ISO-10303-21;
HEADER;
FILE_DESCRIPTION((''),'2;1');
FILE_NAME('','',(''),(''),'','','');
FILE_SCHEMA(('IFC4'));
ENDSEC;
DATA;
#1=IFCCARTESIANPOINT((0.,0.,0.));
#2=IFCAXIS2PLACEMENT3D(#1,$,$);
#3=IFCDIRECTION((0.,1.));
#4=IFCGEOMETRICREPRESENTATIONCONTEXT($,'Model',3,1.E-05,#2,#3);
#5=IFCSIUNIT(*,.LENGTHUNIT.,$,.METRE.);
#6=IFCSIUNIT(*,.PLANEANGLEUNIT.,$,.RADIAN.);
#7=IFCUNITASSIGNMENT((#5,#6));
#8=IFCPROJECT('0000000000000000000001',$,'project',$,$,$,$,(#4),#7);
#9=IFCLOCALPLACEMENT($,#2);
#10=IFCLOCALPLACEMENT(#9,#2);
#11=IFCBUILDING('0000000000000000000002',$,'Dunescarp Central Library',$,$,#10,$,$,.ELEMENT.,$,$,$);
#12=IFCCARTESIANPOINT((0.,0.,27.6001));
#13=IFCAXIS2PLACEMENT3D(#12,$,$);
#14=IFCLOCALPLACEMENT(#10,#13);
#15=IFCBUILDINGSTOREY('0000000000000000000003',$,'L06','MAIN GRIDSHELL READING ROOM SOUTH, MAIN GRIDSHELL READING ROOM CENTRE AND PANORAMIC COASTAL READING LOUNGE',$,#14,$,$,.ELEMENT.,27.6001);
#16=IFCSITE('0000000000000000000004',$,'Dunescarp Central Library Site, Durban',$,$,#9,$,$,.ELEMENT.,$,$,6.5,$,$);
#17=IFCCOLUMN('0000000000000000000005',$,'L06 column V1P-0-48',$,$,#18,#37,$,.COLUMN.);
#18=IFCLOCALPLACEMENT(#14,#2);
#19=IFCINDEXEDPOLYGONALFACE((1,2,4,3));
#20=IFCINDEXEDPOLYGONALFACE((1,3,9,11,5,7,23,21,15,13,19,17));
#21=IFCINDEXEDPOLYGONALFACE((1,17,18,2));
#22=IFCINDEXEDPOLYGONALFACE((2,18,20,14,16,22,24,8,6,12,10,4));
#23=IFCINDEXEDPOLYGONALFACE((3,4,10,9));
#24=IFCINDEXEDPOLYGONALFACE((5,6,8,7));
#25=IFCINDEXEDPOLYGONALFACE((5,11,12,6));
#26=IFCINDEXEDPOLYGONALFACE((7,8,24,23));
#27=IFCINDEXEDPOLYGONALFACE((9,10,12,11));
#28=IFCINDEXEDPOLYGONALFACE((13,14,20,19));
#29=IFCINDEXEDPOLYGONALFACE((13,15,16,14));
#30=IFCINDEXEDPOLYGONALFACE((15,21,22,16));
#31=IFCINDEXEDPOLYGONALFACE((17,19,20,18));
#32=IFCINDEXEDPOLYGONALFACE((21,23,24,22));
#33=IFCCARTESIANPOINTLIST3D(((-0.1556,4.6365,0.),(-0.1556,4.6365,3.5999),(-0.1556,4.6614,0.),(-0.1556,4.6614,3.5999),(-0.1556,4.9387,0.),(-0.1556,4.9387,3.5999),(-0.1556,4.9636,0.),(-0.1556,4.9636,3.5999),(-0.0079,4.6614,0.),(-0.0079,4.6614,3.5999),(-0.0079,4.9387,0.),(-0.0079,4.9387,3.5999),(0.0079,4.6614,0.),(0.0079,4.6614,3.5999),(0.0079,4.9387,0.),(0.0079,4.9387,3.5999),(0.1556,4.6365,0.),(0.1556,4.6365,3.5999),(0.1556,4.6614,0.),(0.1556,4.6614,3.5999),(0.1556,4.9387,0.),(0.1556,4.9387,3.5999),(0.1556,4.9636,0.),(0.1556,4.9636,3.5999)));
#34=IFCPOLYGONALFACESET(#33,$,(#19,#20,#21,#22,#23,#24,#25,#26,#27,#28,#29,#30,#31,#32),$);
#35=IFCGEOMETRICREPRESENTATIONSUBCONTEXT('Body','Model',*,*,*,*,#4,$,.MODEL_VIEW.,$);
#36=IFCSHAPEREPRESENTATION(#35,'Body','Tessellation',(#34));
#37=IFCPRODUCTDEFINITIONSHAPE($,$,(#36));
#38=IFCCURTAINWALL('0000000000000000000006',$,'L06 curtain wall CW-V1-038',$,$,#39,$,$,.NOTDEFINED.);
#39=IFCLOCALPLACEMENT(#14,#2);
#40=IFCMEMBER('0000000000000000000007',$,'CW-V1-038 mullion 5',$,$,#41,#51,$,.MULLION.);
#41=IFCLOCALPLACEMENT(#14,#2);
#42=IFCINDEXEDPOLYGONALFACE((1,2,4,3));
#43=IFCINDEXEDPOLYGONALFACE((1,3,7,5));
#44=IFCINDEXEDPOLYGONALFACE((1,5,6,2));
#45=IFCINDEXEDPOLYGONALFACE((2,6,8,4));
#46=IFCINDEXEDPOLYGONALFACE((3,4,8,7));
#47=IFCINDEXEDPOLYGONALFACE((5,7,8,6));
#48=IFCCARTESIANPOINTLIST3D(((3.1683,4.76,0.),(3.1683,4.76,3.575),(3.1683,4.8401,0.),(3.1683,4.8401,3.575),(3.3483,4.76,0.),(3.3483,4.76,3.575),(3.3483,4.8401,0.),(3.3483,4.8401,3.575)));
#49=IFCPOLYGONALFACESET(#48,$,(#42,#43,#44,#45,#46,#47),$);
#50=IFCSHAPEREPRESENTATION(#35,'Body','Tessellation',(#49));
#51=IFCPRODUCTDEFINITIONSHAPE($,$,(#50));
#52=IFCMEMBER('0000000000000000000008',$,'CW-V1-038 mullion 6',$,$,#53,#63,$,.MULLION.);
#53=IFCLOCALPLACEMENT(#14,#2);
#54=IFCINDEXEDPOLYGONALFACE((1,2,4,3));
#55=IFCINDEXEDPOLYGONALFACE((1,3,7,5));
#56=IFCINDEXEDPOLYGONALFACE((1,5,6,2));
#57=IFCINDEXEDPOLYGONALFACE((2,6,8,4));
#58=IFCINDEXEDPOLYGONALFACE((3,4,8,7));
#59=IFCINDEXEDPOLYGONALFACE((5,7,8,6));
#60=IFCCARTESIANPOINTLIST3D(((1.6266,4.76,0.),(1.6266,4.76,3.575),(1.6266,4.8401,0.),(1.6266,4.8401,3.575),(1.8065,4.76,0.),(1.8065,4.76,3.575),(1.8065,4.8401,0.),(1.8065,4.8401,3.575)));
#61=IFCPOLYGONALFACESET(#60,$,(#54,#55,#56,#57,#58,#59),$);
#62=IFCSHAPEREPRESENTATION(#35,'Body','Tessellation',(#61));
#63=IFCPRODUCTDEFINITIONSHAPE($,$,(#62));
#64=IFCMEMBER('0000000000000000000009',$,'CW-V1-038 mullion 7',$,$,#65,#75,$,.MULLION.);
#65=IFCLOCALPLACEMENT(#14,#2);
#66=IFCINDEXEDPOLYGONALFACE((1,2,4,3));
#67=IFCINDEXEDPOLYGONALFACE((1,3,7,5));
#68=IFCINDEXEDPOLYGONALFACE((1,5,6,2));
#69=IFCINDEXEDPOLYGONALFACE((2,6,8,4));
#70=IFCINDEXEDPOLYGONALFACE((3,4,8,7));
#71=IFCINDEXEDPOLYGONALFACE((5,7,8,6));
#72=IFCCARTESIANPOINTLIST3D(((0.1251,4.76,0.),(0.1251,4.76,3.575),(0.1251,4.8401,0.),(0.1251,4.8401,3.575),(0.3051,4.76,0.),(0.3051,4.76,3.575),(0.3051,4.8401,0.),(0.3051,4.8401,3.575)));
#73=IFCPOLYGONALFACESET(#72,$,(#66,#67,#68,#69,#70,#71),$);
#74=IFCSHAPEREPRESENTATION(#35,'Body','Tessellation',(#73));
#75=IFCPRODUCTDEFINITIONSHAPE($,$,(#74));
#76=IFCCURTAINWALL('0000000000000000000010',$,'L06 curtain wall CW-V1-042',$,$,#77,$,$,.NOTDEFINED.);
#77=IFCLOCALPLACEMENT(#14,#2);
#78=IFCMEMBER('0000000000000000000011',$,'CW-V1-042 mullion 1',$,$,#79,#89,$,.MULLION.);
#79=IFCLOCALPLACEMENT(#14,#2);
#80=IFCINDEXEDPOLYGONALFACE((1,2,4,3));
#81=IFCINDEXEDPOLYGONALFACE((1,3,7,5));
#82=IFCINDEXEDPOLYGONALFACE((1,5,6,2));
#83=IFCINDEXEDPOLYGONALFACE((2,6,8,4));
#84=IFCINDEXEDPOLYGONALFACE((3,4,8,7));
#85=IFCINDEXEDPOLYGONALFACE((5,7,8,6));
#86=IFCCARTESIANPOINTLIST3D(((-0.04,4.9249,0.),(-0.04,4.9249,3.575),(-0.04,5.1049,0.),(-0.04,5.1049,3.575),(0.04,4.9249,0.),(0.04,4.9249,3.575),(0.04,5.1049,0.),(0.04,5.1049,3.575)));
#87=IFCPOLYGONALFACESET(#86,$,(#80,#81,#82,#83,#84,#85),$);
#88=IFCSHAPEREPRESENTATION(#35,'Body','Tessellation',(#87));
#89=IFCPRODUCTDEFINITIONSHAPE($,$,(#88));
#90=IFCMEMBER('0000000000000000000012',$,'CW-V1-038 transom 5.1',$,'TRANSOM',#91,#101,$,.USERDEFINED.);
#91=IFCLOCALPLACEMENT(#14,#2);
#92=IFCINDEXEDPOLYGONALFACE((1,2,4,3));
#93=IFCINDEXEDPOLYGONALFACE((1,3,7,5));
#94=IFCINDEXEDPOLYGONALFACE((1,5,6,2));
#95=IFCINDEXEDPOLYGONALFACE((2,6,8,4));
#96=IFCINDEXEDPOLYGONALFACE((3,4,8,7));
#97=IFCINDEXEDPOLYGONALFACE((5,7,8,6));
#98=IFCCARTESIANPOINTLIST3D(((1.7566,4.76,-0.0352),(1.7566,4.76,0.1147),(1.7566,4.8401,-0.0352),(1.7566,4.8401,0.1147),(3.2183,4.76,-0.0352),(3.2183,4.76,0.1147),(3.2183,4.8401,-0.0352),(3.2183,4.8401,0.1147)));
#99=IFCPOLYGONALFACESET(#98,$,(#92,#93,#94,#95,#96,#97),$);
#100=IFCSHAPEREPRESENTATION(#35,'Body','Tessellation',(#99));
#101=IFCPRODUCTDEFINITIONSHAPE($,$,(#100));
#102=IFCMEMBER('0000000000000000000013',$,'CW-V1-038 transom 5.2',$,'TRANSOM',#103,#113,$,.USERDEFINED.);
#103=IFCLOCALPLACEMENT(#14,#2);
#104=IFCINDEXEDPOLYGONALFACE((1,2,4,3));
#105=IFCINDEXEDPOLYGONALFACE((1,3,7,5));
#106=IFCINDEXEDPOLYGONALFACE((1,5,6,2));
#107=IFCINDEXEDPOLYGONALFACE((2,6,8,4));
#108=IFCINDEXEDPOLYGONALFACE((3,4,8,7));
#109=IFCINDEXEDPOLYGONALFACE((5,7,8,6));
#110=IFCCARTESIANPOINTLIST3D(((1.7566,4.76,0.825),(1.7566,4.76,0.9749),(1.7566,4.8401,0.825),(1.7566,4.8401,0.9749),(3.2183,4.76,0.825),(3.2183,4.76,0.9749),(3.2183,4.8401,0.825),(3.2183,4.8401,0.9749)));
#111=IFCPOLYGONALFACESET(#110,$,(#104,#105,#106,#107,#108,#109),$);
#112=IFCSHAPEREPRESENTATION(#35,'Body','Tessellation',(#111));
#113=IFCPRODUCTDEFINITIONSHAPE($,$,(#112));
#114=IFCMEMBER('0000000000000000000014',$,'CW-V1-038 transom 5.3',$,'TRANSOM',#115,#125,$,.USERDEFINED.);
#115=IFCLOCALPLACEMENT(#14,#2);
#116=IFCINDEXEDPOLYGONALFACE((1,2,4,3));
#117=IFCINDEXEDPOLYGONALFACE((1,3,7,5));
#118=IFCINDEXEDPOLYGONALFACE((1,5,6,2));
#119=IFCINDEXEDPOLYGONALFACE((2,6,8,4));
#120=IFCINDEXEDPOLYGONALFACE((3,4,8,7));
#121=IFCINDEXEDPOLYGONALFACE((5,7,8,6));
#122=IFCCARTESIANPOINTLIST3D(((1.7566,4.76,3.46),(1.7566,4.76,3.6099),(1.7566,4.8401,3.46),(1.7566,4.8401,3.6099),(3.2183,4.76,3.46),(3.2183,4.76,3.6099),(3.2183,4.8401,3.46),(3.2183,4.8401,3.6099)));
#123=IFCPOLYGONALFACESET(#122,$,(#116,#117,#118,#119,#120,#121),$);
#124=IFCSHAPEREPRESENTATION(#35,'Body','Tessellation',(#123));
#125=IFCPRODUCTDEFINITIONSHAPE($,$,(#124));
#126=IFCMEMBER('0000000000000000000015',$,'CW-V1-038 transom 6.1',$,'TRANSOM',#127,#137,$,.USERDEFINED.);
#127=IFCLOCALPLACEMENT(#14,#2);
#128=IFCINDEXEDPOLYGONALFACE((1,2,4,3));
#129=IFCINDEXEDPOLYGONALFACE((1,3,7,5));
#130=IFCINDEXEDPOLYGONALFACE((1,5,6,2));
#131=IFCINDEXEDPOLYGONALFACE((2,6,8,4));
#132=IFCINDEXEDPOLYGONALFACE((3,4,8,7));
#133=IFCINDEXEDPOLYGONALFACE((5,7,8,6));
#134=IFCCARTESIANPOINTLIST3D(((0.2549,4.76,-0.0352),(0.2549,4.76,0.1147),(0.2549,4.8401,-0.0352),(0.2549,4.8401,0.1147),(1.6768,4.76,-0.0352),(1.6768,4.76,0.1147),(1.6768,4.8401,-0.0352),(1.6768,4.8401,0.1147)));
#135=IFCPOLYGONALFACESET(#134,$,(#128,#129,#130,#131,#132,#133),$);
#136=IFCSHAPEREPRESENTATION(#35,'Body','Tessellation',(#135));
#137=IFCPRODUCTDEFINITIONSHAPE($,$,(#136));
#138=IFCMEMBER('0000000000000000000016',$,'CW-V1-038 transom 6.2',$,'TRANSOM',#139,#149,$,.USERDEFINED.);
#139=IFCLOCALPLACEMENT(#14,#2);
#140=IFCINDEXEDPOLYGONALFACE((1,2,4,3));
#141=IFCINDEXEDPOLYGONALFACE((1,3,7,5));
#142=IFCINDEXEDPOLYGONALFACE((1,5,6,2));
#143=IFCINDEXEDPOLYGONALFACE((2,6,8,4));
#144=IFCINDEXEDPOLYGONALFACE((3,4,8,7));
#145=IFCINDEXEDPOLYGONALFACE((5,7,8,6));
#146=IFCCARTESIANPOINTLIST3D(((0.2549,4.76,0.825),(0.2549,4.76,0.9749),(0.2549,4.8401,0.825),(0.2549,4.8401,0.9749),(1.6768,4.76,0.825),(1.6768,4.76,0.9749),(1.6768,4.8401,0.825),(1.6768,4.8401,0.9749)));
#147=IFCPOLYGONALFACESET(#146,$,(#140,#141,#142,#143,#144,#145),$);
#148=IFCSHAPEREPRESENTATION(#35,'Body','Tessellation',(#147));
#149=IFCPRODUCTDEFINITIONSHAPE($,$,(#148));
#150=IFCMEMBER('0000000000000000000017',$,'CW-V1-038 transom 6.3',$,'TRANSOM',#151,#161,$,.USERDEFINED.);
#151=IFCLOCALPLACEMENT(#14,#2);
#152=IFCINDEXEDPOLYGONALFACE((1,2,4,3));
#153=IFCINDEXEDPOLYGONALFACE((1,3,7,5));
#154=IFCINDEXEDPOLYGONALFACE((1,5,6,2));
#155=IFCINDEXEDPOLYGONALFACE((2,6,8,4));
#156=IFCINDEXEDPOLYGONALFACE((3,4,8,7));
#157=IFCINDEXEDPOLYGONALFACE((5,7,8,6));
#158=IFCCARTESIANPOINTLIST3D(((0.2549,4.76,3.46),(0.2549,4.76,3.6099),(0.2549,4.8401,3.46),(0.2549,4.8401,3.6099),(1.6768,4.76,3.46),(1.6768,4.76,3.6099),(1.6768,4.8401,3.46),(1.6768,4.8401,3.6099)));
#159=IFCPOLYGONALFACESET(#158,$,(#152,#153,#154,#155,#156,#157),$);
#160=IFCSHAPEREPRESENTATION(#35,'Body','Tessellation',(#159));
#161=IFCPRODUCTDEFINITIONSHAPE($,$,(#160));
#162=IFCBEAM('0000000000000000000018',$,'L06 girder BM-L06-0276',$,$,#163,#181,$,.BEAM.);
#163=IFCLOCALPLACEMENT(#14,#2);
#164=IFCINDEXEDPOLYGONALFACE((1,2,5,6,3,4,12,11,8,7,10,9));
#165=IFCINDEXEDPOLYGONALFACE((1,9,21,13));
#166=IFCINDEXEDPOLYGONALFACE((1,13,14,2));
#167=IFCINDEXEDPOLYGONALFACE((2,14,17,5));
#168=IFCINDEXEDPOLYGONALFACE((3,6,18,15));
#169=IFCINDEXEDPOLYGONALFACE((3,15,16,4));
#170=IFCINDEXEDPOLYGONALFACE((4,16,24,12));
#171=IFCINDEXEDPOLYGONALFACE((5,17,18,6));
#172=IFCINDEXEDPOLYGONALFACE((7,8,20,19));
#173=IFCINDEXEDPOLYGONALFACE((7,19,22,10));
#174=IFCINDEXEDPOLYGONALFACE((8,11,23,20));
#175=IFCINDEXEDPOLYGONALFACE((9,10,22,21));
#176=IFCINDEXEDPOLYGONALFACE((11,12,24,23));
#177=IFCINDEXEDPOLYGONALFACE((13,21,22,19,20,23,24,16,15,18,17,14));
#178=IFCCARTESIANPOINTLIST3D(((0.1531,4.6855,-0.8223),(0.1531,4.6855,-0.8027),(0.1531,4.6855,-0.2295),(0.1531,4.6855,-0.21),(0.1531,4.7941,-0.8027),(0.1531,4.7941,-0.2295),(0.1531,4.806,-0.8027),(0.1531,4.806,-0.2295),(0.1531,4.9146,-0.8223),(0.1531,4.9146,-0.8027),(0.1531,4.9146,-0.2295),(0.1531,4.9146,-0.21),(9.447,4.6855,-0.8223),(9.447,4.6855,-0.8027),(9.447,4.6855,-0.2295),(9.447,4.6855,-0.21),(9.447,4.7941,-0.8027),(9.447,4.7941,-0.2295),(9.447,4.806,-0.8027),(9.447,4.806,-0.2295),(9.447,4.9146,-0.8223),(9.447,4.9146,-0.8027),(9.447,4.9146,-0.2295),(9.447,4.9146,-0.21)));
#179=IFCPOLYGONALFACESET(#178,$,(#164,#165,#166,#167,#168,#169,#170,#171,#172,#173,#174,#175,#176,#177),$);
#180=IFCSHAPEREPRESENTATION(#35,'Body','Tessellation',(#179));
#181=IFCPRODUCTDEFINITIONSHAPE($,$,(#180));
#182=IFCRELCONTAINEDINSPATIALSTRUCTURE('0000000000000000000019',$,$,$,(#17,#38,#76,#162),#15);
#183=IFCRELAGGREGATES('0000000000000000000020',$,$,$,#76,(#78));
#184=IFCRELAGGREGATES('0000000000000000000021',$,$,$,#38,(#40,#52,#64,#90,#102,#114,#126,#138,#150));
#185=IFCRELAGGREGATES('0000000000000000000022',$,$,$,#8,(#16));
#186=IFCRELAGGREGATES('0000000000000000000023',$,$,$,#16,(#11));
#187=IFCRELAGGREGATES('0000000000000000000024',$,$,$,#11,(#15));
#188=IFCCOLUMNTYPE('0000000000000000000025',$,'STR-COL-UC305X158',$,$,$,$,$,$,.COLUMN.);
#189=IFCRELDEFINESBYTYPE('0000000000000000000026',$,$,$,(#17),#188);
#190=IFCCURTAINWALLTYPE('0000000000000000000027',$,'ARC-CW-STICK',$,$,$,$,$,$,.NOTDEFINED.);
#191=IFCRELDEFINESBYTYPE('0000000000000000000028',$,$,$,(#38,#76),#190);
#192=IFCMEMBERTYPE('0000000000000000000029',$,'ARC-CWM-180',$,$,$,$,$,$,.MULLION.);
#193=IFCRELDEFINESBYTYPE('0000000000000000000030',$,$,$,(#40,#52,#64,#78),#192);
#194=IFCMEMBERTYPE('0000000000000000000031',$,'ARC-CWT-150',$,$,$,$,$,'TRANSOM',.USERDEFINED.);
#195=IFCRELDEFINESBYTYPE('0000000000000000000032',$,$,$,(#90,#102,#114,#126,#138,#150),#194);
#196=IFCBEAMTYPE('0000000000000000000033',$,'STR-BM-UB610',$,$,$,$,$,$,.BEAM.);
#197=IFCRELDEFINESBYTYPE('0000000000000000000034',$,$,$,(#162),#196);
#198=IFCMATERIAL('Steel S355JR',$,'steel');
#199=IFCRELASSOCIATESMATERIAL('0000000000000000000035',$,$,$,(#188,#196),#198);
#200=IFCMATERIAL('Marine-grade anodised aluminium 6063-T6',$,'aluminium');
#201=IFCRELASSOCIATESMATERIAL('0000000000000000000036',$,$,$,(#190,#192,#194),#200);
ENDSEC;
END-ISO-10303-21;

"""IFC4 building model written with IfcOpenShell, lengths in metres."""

from ifc_helpers import new_model, si_unit, direction, frame, origin, origin_2d, place, context, subcontext, project, spatial, rectangle, i_section, extrude, material, material_profile, profile_set, type_object, element, aggregate, save


model = new_model("IFC4")

# Units and contexts
model_context = context("Model", 3, precision=1e-05, world=origin(), true_north=direction((0.0, 1.0)))
body_context = subcontext(model_context, "Body", "Model", "MODEL_VIEW")
ifc_project = project(units=[si_unit("LENGTHUNIT", "METRE"), si_unit("PLANEANGLEUNIT", "RADIAN")], contexts=[model_context])

# Site, building, storey
site_placement = place(None, origin())
site = spatial("IfcSite", under=ifc_project, at=site_placement, Name="Dunescarp Central Library Site, Durban", CompositionType="ELEMENT", RefElevation=6.5)
building_placement = place(site_placement, origin())
building = spatial("IfcBuilding", under=site, at=building_placement, Name="Dunescarp Central Library", CompositionType="ELEMENT")
storey_placement = place(building_placement, frame((0.0, 0.0, 27.6001)))
storey = spatial("IfcBuildingStorey", under=building, at=storey_placement, Name="L06", Description="MAIN GRIDSHELL READING ROOM SOUTH, MAIN GRIDSHELL READING ROOM CENTRE AND PANORAMIC COASTAL READING LOUNGE", CompositionType="ELEMENT", Elevation=27.6001)

# Column
ifc_material_1 = material(Name="Steel S355JR", Category="steel")
ifc_material_profile_1 = material_profile(ifc_material_1, i_section(OverallWidth=0.3113, OverallDepth=0.3271, WebThickness=0.0159, FlangeThickness=0.0249, at=origin_2d()), Name="UC 305x305x158")
ifc_profile_set_1 = profile_set([ifc_material_profile_1], Name="Steel S355JR")
column_type = type_object("IfcColumnType", Name="STR-COL-UC305X158", PredefinedType="COLUMN", material=ifc_profile_set_1)
column_placement = place(storey_placement, frame((0.0, 4.8, 0.0), z_axis=(0.0, 0.0, 1.0), x_axis=(1.0, 0.0, 0.0)))
element("IfcColumn", 1, at=column_placement, inside=storey, type_object=column_type, Name="L06 column V1P-0-48", PredefinedType="COLUMN", context=body_context, shape_type="SweptSolid", body=[
    extrude(i_section(OverallWidth=0.3113, OverallDepth=0.3271, WebThickness=0.0159, FlangeThickness=0.0249, at=origin_2d()), origin(), (0.0, 0.0, 1.0), 3.5999),
])

# Curtain wall, members
ifc_material_2 = material(Name="Marine-grade anodised aluminium 6063-T6", Category="aluminium")
curtain_wall_type = type_object("IfcCurtainWallType", Name="ARC-CW-STICK", PredefinedType="NOTDEFINED", material=ifc_material_2)
curtain_wall_1_placement = place(storey_placement, origin())
curtain_wall_1 = element("IfcCurtainWall", 2, at=curtain_wall_1_placement, inside=storey, type_object=curtain_wall_type, Name="L06 curtain wall CW-V1-038", PredefinedType="NOTDEFINED")
ifc_material_profile_2 = material_profile(ifc_material_2, rectangle(XDim=0.0801, YDim=0.1799, at=origin_2d()), Name="AL 80x180")
ifc_profile_set_2 = profile_set([ifc_material_profile_2], Name="Marine-grade anodised aluminium 6063-T6")
member_type_1 = type_object("IfcMemberType", Name="ARC-CWM-180", PredefinedType="MULLION", material=ifc_profile_set_2)
member_1_placement = place(storey_placement, frame((3.2583, 4.8, 0.0), z_axis=(0.0, 0.0, 1.0), x_axis=(0.0, -1.0, 0.0)))
member_1 = element("IfcMember", 3, at=member_1_placement, type_object=member_type_1, Name="CW-V1-038 mullion 5", PredefinedType="MULLION", context=body_context, shape_type="SweptSolid", body=[
    extrude(rectangle(XDim=0.0801, YDim=0.1799, at=origin_2d()), origin(), (0.0, 0.0, 1.0), 3.575),
])
member_2_placement = place(storey_placement, frame((1.7166, 4.8, 0.0), z_axis=(0.0, 0.0, 1.0), x_axis=(0.0, -1.0, 0.0)))
member_2 = element("IfcMember", 4, at=member_2_placement, type_object=member_type_1, Name="CW-V1-038 mullion 6", PredefinedType="MULLION", context=body_context, shape_type="SweptSolid", body=[
    extrude(rectangle(XDim=0.0801, YDim=0.1799, at=origin_2d()), origin(), (0.0, 0.0, 1.0), 3.575),
])
member_3_placement = place(storey_placement, frame((0.2151, 4.8, 0.0), z_axis=(0.0, 0.0, 1.0), x_axis=(0.0, -1.0, 0.0)))
member_3 = element("IfcMember", 5, at=member_3_placement, type_object=member_type_1, Name="CW-V1-038 mullion 7", PredefinedType="MULLION", context=body_context, shape_type="SweptSolid", body=[
    extrude(rectangle(XDim=0.0801, YDim=0.1799, at=origin_2d()), origin(), (0.0, 0.0, 1.0), 3.575),
])

# Curtain wall, member
curtain_wall_2_placement = place(storey_placement, origin())
curtain_wall_2 = element("IfcCurtainWall", 6, at=curtain_wall_2_placement, inside=storey, type_object=curtain_wall_type, Name="L06 curtain wall CW-V1-042", PredefinedType="NOTDEFINED")
member_4_placement = place(storey_placement, frame((0.0, 5.0149, 0.0), z_axis=(0.0, 0.0, 1.0), x_axis=(-1.0, 0.0, 0.0)))
member_4 = element("IfcMember", 7, at=member_4_placement, type_object=member_type_1, Name="CW-V1-042 mullion 1", PredefinedType="MULLION", context=body_context, shape_type="SweptSolid", body=[
    extrude(rectangle(XDim=0.0801, YDim=0.1799, at=origin_2d()), origin(), (0.0, 0.0, 1.0), 3.575),
])
aggregate(curtain_wall_2, [member_4])

# Members
ifc_material_profile_3 = material_profile(ifc_material_2, rectangle(XDim=0.0801, YDim=0.1499, at=origin_2d()), Name="AL 80x150")
ifc_profile_set_3 = profile_set([ifc_material_profile_3], Name="Marine-grade anodised aluminium 6063-T6")
member_type_2 = type_object("IfcMemberType", Name="ARC-CWT-150", ElementType="TRANSOM", PredefinedType="USERDEFINED", material=ifc_profile_set_3)
member_5_placement = place(storey_placement, frame((3.2183, 4.8, 0.0398), z_axis=(-1.0, 0.0, 0.0), x_axis=(0.0, -1.0, 0.0)))
member_5 = element("IfcMember", 8, at=member_5_placement, type_object=member_type_2, Name="CW-V1-038 transom 5.1", ObjectType="TRANSOM", PredefinedType="USERDEFINED", context=body_context, shape_type="SweptSolid", body=[
    extrude(rectangle(XDim=0.0801, YDim=0.1499, at=origin_2d()), origin(), (0.0, 0.0, 1.0), 1.4617),
])
member_6_placement = place(storey_placement, frame((3.2183, 4.8, 0.8999), z_axis=(-1.0, 0.0, 0.0), x_axis=(0.0, -1.0, 0.0)))
member_6 = element("IfcMember", 9, at=member_6_placement, type_object=member_type_2, Name="CW-V1-038 transom 5.2", ObjectType="TRANSOM", PredefinedType="USERDEFINED", context=body_context, shape_type="SweptSolid", body=[
    extrude(rectangle(XDim=0.0801, YDim=0.1499, at=origin_2d()), origin(), (0.0, 0.0, 1.0), 1.4617),
])
member_7_placement = place(storey_placement, frame((3.2183, 4.8, 3.5349), z_axis=(-1.0, 0.0, 0.0), x_axis=(0.0, -1.0, 0.0)))
member_7 = element("IfcMember", 10, at=member_7_placement, type_object=member_type_2, Name="CW-V1-038 transom 5.3", ObjectType="TRANSOM", PredefinedType="USERDEFINED", context=body_context, shape_type="SweptSolid", body=[
    extrude(rectangle(XDim=0.0801, YDim=0.1499, at=origin_2d()), origin(), (0.0, 0.0, 1.0), 1.4617),
])
member_8_placement = place(storey_placement, frame((1.6768, 4.8, 0.0398), z_axis=(-1.0, 0.0, 0.0), x_axis=(0.0, -1.0, 0.0)))
member_8 = element("IfcMember", 11, at=member_8_placement, type_object=member_type_2, Name="CW-V1-038 transom 6.1", ObjectType="TRANSOM", PredefinedType="USERDEFINED", context=body_context, shape_type="SweptSolid", body=[
    extrude(rectangle(XDim=0.0801, YDim=0.1499, at=origin_2d()), origin(), (0.0, 0.0, 1.0), 1.4219),
])
member_9_placement = place(storey_placement, frame((1.6768, 4.8, 0.8999), z_axis=(-1.0, 0.0, 0.0), x_axis=(0.0, -1.0, 0.0)))
member_9 = element("IfcMember", 12, at=member_9_placement, type_object=member_type_2, Name="CW-V1-038 transom 6.2", ObjectType="TRANSOM", PredefinedType="USERDEFINED", context=body_context, shape_type="SweptSolid", body=[
    extrude(rectangle(XDim=0.0801, YDim=0.1499, at=origin_2d()), origin(), (0.0, 0.0, 1.0), 1.4219),
])
member_10_placement = place(storey_placement, frame((1.6768, 4.8, 3.5349), z_axis=(-1.0, 0.0, 0.0), x_axis=(0.0, -1.0, 0.0)))
member_10 = element("IfcMember", 13, at=member_10_placement, type_object=member_type_2, Name="CW-V1-038 transom 6.3", ObjectType="TRANSOM", PredefinedType="USERDEFINED", context=body_context, shape_type="SweptSolid", body=[
    extrude(rectangle(XDim=0.0801, YDim=0.1499, at=origin_2d()), origin(), (0.0, 0.0, 1.0), 1.4219),
])

# Beam
ifc_material_profile_4 = material_profile(ifc_material_1, i_section(OverallWidth=0.229, OverallDepth=0.6123, WebThickness=0.012, FlangeThickness=0.0195, at=origin_2d()), Name="UB 610x229x125")
ifc_profile_set_4 = profile_set([ifc_material_profile_4], Name="Steel S355JR")
beam_type_1 = type_object("IfcBeamType", Name="STR-BM-UB610", PredefinedType="BEAM", material=ifc_profile_set_4)
beam_1_placement = place(storey_placement, frame((0.1531, 4.8, -0.5161), z_axis=(1.0, 0.0, 0.0), x_axis=(0.0, 1.0, 0.0)))
element("IfcBeam", 14, at=beam_1_placement, inside=storey, type_object=beam_type_1, Name="L06 girder BM-L06-0276", PredefinedType="BEAM", context=body_context, shape_type="SweptSolid", body=[
    extrude(i_section(OverallWidth=0.229, OverallDepth=0.6123, WebThickness=0.012, FlangeThickness=0.0195, at=origin_2d()), origin(), (0.0, 0.0, 1.0), 9.2939),
])

aggregate(curtain_wall_1, [member_1, member_2, member_3, member_5, member_6, member_7, member_8, member_9, member_10])

save(model, "model.ifc")
